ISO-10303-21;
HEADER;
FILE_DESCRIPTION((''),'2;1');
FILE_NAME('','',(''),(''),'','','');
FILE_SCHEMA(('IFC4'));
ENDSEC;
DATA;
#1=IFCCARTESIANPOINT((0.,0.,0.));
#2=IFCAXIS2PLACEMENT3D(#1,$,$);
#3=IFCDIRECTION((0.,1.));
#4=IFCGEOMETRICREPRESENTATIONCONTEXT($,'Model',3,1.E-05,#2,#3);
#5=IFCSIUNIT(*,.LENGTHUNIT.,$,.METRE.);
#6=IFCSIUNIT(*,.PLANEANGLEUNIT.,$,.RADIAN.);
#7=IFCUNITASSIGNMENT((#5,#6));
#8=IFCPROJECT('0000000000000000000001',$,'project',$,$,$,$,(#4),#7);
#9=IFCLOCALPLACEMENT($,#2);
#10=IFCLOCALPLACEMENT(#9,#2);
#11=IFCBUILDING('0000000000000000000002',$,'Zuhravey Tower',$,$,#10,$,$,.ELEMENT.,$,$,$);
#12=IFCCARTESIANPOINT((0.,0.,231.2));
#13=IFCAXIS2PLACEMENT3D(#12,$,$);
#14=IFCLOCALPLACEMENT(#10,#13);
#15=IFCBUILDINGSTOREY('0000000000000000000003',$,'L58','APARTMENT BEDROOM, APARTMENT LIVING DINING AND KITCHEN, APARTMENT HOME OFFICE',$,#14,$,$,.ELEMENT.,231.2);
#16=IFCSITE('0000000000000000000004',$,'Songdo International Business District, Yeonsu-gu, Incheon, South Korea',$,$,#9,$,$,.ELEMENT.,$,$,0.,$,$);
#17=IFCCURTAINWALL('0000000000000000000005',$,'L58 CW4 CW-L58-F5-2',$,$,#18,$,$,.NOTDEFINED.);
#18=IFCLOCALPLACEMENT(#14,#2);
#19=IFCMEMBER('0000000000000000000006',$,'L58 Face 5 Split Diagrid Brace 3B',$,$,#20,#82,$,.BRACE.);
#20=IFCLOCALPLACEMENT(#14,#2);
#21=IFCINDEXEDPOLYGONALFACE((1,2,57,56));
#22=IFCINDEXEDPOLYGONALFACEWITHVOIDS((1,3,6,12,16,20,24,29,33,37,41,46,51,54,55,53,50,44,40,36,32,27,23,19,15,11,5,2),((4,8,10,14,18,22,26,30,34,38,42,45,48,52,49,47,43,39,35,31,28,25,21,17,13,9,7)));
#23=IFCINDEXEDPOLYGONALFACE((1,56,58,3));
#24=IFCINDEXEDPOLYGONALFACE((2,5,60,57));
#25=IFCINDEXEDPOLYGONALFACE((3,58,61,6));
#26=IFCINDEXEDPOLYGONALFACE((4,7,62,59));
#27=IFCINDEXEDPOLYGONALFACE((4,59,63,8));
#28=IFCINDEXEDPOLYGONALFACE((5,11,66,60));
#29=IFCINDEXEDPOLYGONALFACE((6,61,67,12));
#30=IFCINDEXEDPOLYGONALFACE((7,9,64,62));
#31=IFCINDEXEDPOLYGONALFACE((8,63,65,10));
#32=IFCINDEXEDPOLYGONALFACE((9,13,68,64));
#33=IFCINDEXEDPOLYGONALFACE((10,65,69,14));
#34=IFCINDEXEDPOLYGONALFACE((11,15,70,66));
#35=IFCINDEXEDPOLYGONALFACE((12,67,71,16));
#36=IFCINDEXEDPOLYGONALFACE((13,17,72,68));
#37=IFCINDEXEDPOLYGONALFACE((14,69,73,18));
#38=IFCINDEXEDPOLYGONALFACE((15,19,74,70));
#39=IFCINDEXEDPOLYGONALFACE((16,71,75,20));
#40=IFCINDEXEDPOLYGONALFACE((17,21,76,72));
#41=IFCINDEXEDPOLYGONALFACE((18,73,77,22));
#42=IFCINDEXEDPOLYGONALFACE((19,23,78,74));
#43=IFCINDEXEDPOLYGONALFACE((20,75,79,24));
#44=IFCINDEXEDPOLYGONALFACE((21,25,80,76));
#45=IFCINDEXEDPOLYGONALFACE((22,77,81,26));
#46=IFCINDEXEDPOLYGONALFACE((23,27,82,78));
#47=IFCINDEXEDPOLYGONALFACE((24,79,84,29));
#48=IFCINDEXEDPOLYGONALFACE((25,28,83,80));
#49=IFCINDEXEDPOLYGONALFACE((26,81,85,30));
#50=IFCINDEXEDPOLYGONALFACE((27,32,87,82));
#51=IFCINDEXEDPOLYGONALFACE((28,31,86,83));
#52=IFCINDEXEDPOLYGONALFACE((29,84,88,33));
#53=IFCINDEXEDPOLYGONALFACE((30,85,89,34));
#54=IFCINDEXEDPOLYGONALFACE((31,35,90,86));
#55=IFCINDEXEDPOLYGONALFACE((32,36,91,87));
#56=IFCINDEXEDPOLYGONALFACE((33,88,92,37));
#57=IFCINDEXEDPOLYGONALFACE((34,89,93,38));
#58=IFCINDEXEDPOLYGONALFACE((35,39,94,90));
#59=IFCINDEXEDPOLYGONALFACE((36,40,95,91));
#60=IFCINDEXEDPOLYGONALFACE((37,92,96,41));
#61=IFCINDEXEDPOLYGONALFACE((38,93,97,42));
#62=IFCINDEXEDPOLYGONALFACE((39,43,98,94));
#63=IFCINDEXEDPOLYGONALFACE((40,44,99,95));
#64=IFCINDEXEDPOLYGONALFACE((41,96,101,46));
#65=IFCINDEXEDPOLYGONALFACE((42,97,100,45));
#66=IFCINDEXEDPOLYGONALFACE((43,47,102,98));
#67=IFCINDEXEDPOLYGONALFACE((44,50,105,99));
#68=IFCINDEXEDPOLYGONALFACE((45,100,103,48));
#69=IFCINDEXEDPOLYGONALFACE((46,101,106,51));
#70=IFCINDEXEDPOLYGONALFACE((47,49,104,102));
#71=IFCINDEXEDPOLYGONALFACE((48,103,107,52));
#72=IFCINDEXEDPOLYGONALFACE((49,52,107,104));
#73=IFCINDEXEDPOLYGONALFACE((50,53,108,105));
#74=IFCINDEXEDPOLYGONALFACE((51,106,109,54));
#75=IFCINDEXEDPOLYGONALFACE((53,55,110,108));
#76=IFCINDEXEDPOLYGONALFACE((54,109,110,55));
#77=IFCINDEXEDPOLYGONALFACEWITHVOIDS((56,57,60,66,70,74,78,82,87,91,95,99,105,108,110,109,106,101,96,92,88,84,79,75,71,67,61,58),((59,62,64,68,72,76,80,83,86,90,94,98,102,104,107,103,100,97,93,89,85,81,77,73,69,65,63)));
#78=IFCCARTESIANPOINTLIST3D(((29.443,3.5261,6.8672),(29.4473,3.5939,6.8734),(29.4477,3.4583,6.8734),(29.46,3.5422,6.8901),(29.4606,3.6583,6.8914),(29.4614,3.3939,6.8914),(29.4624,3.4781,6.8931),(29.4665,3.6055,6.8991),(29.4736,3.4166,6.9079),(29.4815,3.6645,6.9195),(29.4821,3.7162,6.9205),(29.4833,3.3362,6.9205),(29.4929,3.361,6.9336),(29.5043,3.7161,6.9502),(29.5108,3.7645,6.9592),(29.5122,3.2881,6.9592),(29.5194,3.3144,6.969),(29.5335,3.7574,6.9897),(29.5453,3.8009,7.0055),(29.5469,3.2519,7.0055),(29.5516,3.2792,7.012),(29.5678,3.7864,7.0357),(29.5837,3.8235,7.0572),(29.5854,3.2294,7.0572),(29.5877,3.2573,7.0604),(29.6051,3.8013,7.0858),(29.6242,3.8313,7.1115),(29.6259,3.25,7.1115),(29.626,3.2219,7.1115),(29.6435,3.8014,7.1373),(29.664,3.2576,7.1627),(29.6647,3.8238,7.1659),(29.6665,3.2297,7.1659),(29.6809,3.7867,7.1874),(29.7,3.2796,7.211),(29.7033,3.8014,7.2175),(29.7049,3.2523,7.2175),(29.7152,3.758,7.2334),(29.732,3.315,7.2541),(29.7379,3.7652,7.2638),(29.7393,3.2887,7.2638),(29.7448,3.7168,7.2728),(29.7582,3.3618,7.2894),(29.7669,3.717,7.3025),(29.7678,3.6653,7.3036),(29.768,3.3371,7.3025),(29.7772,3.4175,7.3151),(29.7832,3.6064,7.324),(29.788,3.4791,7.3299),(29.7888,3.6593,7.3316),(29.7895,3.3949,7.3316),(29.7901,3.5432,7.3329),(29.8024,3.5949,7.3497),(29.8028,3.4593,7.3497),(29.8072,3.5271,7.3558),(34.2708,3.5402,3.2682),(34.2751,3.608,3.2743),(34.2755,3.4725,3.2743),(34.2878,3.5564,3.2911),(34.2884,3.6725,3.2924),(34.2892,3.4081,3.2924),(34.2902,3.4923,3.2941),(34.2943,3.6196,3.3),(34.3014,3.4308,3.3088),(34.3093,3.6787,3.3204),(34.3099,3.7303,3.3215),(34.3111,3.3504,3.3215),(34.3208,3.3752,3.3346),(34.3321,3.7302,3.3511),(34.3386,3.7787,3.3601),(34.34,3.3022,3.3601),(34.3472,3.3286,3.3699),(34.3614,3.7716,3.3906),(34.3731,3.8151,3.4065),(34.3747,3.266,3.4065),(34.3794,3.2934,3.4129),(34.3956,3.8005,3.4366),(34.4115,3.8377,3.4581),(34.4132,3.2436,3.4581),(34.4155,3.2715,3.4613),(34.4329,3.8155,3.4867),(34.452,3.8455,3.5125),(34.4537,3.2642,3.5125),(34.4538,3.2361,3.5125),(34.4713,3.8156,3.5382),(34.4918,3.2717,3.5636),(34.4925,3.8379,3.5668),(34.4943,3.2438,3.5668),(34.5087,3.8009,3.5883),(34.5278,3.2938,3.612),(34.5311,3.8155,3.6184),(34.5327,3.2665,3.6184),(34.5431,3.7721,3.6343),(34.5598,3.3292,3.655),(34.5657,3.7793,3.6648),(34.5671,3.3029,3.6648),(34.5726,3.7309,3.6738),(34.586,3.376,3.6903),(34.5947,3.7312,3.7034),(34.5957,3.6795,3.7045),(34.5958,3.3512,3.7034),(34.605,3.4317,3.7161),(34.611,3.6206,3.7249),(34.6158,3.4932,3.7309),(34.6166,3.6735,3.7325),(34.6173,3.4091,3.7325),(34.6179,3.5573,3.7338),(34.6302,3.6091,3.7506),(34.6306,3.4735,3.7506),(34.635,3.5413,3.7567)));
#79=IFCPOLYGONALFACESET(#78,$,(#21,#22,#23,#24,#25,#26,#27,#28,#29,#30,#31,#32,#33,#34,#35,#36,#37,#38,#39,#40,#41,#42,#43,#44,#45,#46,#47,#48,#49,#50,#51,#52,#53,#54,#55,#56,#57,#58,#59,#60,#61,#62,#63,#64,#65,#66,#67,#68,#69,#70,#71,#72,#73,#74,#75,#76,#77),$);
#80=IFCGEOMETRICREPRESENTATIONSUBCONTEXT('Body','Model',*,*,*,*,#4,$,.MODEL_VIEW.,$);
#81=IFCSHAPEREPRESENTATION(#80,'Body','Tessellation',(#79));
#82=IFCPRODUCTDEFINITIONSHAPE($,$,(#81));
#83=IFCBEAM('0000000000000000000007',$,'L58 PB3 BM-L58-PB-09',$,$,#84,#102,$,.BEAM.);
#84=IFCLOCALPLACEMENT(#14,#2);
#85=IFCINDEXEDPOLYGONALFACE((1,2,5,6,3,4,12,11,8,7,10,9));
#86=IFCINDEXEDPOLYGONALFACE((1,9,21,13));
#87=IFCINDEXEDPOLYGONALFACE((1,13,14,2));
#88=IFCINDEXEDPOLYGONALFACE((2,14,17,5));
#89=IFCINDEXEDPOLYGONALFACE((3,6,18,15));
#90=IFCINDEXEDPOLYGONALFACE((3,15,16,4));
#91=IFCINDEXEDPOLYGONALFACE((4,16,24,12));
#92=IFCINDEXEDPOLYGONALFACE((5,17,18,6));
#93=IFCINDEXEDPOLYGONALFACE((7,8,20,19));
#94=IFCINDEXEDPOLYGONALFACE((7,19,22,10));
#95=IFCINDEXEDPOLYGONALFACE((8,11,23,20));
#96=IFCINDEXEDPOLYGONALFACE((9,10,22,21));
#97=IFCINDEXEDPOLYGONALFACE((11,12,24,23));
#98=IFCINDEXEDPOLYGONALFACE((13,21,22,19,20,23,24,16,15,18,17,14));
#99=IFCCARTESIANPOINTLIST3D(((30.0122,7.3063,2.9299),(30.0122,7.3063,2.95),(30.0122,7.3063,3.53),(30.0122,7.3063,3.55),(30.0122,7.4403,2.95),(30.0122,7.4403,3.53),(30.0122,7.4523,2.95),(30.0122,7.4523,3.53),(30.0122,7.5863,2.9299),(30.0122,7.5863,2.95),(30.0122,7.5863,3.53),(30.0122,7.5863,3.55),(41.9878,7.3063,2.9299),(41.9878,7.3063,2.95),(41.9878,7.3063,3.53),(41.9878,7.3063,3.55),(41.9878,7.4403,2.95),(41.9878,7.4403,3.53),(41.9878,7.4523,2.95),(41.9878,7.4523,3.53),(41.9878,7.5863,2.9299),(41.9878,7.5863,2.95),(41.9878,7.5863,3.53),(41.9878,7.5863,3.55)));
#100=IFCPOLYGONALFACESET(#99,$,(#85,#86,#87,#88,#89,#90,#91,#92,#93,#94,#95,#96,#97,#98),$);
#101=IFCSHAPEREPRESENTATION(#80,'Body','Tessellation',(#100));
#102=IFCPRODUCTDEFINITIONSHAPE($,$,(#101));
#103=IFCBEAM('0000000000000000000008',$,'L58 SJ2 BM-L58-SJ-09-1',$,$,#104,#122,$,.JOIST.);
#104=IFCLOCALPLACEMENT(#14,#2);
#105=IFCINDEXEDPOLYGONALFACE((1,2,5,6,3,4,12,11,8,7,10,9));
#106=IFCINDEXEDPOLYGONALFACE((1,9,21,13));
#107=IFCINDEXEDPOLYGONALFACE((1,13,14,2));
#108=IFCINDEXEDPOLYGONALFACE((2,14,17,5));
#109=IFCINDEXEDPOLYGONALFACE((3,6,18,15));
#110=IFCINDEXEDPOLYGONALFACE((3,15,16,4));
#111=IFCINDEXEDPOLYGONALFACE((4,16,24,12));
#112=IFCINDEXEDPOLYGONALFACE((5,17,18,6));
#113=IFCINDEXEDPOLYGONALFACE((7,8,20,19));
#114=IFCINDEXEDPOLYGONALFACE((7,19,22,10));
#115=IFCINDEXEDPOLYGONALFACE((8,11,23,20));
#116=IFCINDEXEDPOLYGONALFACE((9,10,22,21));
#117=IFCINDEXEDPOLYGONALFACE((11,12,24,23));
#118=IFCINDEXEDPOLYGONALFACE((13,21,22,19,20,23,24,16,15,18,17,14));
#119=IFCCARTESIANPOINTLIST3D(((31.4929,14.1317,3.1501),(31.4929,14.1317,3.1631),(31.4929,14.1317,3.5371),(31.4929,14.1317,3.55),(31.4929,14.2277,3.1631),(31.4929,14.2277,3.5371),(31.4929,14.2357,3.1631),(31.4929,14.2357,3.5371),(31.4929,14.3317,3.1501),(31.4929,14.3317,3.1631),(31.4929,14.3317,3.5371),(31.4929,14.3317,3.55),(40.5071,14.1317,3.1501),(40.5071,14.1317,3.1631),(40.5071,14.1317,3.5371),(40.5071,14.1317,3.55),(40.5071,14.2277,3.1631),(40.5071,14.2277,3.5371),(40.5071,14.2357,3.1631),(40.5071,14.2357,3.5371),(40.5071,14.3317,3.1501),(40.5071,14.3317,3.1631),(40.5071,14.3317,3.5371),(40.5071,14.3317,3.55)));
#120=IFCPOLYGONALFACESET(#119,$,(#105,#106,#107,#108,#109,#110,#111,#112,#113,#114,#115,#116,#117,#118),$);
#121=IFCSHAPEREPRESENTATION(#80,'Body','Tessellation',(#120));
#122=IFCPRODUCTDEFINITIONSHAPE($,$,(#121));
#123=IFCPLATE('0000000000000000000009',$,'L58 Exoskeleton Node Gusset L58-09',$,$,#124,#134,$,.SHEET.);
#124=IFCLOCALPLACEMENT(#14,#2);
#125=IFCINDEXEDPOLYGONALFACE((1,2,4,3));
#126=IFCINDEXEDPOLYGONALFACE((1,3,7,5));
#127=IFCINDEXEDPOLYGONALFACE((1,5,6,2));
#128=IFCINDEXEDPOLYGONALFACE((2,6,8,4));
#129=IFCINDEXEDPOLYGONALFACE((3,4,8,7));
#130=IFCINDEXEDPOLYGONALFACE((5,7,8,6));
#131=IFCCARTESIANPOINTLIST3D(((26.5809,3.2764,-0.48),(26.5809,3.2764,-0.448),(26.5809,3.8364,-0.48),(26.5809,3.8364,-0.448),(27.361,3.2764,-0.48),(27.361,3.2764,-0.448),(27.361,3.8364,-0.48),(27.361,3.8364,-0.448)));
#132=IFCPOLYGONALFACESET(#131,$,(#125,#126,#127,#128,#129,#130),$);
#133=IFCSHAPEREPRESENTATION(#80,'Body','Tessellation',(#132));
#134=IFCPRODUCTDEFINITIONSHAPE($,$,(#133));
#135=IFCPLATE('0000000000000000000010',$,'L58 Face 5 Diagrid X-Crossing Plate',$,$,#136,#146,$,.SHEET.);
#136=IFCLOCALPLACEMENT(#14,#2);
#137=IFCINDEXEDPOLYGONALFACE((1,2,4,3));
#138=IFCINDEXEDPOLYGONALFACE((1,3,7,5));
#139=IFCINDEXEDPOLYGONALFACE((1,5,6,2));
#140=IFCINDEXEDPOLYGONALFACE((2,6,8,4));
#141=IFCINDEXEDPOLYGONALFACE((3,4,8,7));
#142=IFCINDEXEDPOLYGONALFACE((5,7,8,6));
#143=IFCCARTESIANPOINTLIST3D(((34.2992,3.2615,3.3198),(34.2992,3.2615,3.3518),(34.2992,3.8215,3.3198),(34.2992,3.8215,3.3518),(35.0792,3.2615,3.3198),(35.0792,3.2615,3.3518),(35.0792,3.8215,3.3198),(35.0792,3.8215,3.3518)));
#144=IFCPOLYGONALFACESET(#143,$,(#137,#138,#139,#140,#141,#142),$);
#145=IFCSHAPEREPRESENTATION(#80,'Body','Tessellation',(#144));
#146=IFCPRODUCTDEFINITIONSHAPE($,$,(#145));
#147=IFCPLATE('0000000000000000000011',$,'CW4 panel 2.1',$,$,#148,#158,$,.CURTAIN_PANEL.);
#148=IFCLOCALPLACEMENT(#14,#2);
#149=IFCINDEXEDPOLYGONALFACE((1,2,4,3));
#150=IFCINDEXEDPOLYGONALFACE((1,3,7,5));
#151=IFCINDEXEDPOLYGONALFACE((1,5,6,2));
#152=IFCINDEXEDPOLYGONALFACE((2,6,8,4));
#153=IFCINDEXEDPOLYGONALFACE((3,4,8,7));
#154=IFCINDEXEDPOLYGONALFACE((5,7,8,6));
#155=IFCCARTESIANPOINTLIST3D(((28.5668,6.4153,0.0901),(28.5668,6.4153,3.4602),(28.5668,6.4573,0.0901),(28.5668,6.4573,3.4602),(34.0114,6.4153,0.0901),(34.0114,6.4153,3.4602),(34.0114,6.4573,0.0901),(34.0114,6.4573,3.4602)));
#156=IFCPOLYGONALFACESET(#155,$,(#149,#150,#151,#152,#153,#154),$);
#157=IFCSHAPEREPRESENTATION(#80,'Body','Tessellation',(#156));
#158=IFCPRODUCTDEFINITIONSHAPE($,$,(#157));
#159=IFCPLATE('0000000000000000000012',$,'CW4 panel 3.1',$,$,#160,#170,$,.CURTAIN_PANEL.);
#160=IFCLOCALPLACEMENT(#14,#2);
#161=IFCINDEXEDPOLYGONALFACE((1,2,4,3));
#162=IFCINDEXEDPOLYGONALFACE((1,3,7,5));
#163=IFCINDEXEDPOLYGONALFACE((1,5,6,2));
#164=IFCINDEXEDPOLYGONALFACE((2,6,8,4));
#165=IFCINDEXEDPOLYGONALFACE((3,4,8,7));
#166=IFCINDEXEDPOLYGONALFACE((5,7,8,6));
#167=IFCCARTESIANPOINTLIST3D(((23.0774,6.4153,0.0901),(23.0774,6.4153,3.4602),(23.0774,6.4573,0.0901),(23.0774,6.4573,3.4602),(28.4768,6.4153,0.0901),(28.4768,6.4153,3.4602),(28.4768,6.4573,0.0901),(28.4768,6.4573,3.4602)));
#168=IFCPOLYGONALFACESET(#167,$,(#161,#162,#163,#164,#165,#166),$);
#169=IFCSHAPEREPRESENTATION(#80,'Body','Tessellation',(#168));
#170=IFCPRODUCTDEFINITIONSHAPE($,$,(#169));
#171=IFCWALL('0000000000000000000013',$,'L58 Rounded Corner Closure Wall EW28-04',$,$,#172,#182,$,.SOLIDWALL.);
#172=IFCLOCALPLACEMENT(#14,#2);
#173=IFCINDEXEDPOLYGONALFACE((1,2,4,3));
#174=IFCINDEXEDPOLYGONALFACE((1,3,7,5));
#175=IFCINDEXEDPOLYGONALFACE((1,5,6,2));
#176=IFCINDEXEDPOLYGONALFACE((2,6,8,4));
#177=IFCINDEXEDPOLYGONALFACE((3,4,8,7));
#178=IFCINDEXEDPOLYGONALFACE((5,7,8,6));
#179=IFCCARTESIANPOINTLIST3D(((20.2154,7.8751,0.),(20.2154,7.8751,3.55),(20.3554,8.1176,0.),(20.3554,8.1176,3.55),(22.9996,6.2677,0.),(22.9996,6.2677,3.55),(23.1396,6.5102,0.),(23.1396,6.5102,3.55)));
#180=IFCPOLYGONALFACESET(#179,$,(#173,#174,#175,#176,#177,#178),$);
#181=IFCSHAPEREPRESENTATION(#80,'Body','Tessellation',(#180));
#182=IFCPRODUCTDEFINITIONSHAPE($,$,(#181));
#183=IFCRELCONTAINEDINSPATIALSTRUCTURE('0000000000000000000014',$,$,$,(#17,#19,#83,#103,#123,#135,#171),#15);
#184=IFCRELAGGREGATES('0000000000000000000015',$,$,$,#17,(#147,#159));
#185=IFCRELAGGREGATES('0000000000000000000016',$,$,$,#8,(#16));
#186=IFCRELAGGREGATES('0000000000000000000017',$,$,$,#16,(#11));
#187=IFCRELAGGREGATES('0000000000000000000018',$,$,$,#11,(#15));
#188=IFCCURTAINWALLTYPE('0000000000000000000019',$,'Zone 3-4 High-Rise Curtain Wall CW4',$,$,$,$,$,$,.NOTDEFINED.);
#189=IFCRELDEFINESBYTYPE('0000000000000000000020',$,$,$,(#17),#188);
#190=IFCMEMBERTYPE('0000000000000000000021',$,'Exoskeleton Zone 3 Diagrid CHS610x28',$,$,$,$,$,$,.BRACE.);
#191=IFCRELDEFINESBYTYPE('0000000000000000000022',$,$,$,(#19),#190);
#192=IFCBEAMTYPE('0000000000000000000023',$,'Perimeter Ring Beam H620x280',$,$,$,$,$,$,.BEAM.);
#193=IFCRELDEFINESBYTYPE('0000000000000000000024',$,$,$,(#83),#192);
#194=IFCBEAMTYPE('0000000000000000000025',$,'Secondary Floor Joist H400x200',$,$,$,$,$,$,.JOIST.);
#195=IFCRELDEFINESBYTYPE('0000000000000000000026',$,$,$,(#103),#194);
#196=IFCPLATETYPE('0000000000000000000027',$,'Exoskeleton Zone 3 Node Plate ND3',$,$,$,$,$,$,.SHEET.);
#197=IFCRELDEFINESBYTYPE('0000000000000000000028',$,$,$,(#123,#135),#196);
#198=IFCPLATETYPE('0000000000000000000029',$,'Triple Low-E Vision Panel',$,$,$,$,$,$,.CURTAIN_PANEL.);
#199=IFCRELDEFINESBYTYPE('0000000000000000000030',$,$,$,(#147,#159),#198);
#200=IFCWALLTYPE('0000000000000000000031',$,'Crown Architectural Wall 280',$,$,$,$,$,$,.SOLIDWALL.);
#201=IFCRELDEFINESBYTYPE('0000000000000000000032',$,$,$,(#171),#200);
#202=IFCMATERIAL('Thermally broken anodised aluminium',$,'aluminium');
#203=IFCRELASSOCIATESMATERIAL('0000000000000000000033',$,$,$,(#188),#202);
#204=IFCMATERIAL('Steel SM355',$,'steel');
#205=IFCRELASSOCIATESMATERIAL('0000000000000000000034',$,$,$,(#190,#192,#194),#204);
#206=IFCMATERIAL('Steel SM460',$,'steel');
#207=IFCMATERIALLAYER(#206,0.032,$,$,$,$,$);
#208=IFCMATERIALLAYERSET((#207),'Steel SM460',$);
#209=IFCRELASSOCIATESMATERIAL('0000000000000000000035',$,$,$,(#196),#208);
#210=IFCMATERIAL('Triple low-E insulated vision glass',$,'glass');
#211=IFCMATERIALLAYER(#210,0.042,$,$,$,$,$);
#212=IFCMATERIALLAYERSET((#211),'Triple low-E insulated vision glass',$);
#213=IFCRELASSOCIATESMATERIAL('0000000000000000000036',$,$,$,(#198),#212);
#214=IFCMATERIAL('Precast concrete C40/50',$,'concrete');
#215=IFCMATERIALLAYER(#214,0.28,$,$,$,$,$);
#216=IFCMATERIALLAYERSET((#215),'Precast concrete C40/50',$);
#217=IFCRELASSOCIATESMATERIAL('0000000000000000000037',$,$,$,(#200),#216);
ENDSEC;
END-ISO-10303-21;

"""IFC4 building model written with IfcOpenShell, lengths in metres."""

from ifc_helpers import new_model, si_unit, direction, frame, frame_2d, origin, origin_2d, place, context, subcontext, project, spatial, rectangle, hollow_circle, i_section, extrude, material, layer, layer_set, material_profile, profile_set, type_object, element, aggregate, save


model = new_model("IFC4")

# Units and contexts
model_context = context("Model", 3, precision=1e-05, world=origin(), true_north=direction((0.0, 1.0)))
body_context = subcontext(model_context, "Body", "Model", "MODEL_VIEW")
ifc_project = project(units=[si_unit("LENGTHUNIT", "METRE"), si_unit("PLANEANGLEUNIT", "RADIAN")], contexts=[model_context])

# Site, building, storey
site_placement = place(None, origin())
site = spatial("IfcSite", under=ifc_project, at=site_placement, Name="Songdo International Business District, Yeonsu-gu, Incheon, South Korea", CompositionType="ELEMENT", RefElevation=0.0)
building_placement = place(site_placement, origin())
building = spatial("IfcBuilding", under=site, at=building_placement, Name="Zuhravey Tower", CompositionType="ELEMENT")
storey_placement = place(building_placement, frame((0.0, 0.0, 231.2)))
storey = spatial("IfcBuildingStorey", under=building, at=storey_placement, Name="L58", Description="APARTMENT BEDROOM, APARTMENT LIVING DINING AND KITCHEN, APARTMENT HOME OFFICE", CompositionType="ELEMENT", Elevation=231.2)

# Curtain wall
ifc_material_1 = material(Name="Thermally broken anodised aluminium", Category="aluminium")
curtain_wall_type = type_object("IfcCurtainWallType", Name="Zone 3-4 High-Rise Curtain Wall CW4", PredefinedType="NOTDEFINED", material=ifc_material_1)
curtain_wall_1_placement = place(storey_placement, origin())
curtain_wall_1 = element("IfcCurtainWall", 1, at=curtain_wall_1_placement, inside=storey, type_object=curtain_wall_type, Name="L58 CW4 CW-L58-F5-2", PredefinedType="NOTDEFINED")

# Member
ifc_material_2 = material(Name="Steel SM355", Category="steel")
ifc_material_profile_1 = material_profile(ifc_material_2, hollow_circle(Radius=0.3047, WallThickness=0.0281, at=origin_2d()), Name="CHS-609.6x28")
ifc_profile_set_1 = profile_set([ifc_material_profile_1], Name="Steel SM355")
member_type_1 = type_object("IfcMemberType", Name="Exoskeleton Zone 3 Diagrid CHS610x28", PredefinedType="BRACE", material=ifc_profile_set_1)
member_1_placement = place(storey_placement, frame((34.4529, 3.5408, 3.5125), z_axis=(-0.801731, -0.002351, 0.59768), x_axis=(0.002933, -0.999996, 0.0)))
element("IfcMember", 2, at=member_1_placement, inside=storey, type_object=member_type_1, Name="L58 Face 5 Split Diagrid Brace 3B", PredefinedType="BRACE", context=body_context, shape_type="SweptSolid", body=[
    extrude(hollow_circle(Radius=0.3047, WallThickness=0.0281, at=origin_2d()), origin(), (0.0, 0.0, 1.0), 6.0217),
])

# Beams
ifc_material_profile_2 = material_profile(ifc_material_2, i_section(OverallWidth=0.28, OverallDepth=0.6201, WebThickness=0.012, FlangeThickness=0.02, at=origin_2d()), Name="H-620x280x12x20")
ifc_profile_set_2 = profile_set([ifc_material_profile_2], Name="Steel SM355")
beam_type_1 = type_object("IfcBeamType", Name="Perimeter Ring Beam H620x280", PredefinedType="BEAM", material=ifc_profile_set_2)
beam_1_placement = place(storey_placement, frame((30.0122, 7.4463, 3.24), z_axis=(1.0, 0.0, 0.0), x_axis=(0.0, 1.0, 0.0)))
element("IfcBeam", 3, at=beam_1_placement, inside=storey, type_object=beam_type_1, Name="L58 PB3 BM-L58-PB-09", PredefinedType="BEAM", context=body_context, shape_type="SweptSolid", body=[
    extrude(i_section(OverallWidth=0.28, OverallDepth=0.6201, WebThickness=0.012, FlangeThickness=0.02, at=origin_2d()), origin(), (0.0, 0.0, 1.0), 11.9756),
])
ifc_material_profile_3 = material_profile(ifc_material_2, i_section(OverallWidth=0.2, OverallDepth=0.3999, WebThickness=0.0081, FlangeThickness=0.0129, at=origin_2d()), Name="H-400x200x8x13")
ifc_profile_set_3 = profile_set([ifc_material_profile_3], Name="Steel SM355")
beam_type_2 = type_object("IfcBeamType", Name="Secondary Floor Joist H400x200", PredefinedType="JOIST", material=ifc_profile_set_3)
beam_2_placement = place(storey_placement, frame((31.4929, 14.2317, 3.3501), z_axis=(1.0, 0.0, 0.0), x_axis=(0.0, 1.0, 0.0)))
element("IfcBeam", 4, at=beam_2_placement, inside=storey, type_object=beam_type_2, Name="L58 SJ2 BM-L58-SJ-09-1", PredefinedType="JOIST", context=body_context, shape_type="SweptSolid", body=[
    extrude(i_section(OverallWidth=0.2, OverallDepth=0.3999, WebThickness=0.0081, FlangeThickness=0.0129, at=origin_2d()), origin(), (0.0, 0.0, 1.0), 9.0142),
])

# Plates
ifc_material_3 = material(Name="Steel SM460", Category="steel")
ifc_layer_1 = layer(ifc_material_3, 0.032)
ifc_layer_set_1 = layer_set([ifc_layer_1], Name="Steel SM460")
plate_type_1 = type_object("IfcPlateType", Name="Exoskeleton Zone 3 Node Plate ND3", PredefinedType="SHEET", material=ifc_layer_set_1)
for number, where, z_axis, x_axis, name in (
    (5, (26.9709, 3.5564, -0.48), (0.0, 0.0, 1.0), (1.0, 0.0, 0.0), "L58 Exoskeleton Node Gusset L58-09"),
    (6, (34.6892, 3.5415, 3.3198), (0.0, 0.0, 1.0), (1.0, 0.0, 0.0), "L58 Face 5 Diagrid X-Crossing Plate"),
):
    element("IfcPlate", number, at=place(storey_placement, frame(where, z_axis=z_axis, x_axis=x_axis)), inside=storey, type_object=plate_type_1, Name=name, PredefinedType="SHEET", context=body_context, shape_type="SweptSolid", body=[
        extrude(rectangle(XDim=0.78, YDim=0.5601, at=origin_2d()), origin(), (0.0, 0.0, 1.0), 0.032),
    ])

# Plates
ifc_material_4 = material(Name="Triple low-E insulated vision glass", Category="glass")
ifc_layer_2 = layer(ifc_material_4, 0.042)
ifc_layer_set_2 = layer_set([ifc_layer_2], Name="Triple low-E insulated vision glass")
plate_type_2 = type_object("IfcPlateType", Name="Triple Low-E Vision Panel", PredefinedType="CURTAIN_PANEL", material=ifc_layer_set_2)
plate_1_placement = place(storey_placement, frame((31.2891, 6.4363, 0.0901), z_axis=(0.0, 0.0, 1.0), x_axis=(-1.0, 0.0, 0.0)))
plate_1 = element("IfcPlate", 7, at=plate_1_placement, type_object=plate_type_2, Name="CW4 panel 2.1", PredefinedType="CURTAIN_PANEL", context=body_context, shape_type="SweptSolid", body=[
    extrude(rectangle(XDim=5.4446, YDim=0.042, at=origin_2d()), origin(), (0.0, 0.0, 1.0), 3.3701),
])
plate_2_placement = place(storey_placement, frame((25.7771, 6.4363, 0.0901), z_axis=(0.0, 0.0, 1.0), x_axis=(-1.0, 0.0, 0.0)))
plate_2 = element("IfcPlate", 8, at=plate_2_placement, type_object=plate_type_2, Name="CW4 panel 3.1", PredefinedType="CURTAIN_PANEL", context=body_context, shape_type="SweptSolid", body=[
    extrude(rectangle(XDim=5.3994, YDim=0.042, at=origin_2d()), origin(), (0.0, 0.0, 1.0), 3.3701),
])
aggregate(curtain_wall_1, [plate_1, plate_2])

# Wall
ifc_material_5 = material(Name="Precast concrete C40/50", Category="concrete")
ifc_layer_3 = layer(ifc_material_5, 0.28)
ifc_layer_set_3 = layer_set([ifc_layer_3], Name="Precast concrete C40/50")
wall_type_1 = type_object("IfcWallType", Name="Crown Architectural Wall 280", PredefinedType="SOLIDWALL", material=ifc_layer_set_3)
wall_1_placement = place(storey_placement, frame((23.0696, 6.3889, 0.0), z_axis=(0.0, 0.0, 1.0), x_axis=(-0.866029, 0.499994, 0.0)))
element("IfcWall", 9, at=wall_1_placement, inside=storey, type_object=wall_type_1, Name="L58 Rounded Corner Closure Wall EW28-04", PredefinedType="SOLIDWALL", context=body_context, shape_type="SweptSolid", body=[
    extrude(rectangle(XDim=3.2148, YDim=0.28, at=frame_2d((1.6074, 0.0))), origin(), (0.0, 0.0, 1.0), 3.55),
])

save(model, "model.ifc")
